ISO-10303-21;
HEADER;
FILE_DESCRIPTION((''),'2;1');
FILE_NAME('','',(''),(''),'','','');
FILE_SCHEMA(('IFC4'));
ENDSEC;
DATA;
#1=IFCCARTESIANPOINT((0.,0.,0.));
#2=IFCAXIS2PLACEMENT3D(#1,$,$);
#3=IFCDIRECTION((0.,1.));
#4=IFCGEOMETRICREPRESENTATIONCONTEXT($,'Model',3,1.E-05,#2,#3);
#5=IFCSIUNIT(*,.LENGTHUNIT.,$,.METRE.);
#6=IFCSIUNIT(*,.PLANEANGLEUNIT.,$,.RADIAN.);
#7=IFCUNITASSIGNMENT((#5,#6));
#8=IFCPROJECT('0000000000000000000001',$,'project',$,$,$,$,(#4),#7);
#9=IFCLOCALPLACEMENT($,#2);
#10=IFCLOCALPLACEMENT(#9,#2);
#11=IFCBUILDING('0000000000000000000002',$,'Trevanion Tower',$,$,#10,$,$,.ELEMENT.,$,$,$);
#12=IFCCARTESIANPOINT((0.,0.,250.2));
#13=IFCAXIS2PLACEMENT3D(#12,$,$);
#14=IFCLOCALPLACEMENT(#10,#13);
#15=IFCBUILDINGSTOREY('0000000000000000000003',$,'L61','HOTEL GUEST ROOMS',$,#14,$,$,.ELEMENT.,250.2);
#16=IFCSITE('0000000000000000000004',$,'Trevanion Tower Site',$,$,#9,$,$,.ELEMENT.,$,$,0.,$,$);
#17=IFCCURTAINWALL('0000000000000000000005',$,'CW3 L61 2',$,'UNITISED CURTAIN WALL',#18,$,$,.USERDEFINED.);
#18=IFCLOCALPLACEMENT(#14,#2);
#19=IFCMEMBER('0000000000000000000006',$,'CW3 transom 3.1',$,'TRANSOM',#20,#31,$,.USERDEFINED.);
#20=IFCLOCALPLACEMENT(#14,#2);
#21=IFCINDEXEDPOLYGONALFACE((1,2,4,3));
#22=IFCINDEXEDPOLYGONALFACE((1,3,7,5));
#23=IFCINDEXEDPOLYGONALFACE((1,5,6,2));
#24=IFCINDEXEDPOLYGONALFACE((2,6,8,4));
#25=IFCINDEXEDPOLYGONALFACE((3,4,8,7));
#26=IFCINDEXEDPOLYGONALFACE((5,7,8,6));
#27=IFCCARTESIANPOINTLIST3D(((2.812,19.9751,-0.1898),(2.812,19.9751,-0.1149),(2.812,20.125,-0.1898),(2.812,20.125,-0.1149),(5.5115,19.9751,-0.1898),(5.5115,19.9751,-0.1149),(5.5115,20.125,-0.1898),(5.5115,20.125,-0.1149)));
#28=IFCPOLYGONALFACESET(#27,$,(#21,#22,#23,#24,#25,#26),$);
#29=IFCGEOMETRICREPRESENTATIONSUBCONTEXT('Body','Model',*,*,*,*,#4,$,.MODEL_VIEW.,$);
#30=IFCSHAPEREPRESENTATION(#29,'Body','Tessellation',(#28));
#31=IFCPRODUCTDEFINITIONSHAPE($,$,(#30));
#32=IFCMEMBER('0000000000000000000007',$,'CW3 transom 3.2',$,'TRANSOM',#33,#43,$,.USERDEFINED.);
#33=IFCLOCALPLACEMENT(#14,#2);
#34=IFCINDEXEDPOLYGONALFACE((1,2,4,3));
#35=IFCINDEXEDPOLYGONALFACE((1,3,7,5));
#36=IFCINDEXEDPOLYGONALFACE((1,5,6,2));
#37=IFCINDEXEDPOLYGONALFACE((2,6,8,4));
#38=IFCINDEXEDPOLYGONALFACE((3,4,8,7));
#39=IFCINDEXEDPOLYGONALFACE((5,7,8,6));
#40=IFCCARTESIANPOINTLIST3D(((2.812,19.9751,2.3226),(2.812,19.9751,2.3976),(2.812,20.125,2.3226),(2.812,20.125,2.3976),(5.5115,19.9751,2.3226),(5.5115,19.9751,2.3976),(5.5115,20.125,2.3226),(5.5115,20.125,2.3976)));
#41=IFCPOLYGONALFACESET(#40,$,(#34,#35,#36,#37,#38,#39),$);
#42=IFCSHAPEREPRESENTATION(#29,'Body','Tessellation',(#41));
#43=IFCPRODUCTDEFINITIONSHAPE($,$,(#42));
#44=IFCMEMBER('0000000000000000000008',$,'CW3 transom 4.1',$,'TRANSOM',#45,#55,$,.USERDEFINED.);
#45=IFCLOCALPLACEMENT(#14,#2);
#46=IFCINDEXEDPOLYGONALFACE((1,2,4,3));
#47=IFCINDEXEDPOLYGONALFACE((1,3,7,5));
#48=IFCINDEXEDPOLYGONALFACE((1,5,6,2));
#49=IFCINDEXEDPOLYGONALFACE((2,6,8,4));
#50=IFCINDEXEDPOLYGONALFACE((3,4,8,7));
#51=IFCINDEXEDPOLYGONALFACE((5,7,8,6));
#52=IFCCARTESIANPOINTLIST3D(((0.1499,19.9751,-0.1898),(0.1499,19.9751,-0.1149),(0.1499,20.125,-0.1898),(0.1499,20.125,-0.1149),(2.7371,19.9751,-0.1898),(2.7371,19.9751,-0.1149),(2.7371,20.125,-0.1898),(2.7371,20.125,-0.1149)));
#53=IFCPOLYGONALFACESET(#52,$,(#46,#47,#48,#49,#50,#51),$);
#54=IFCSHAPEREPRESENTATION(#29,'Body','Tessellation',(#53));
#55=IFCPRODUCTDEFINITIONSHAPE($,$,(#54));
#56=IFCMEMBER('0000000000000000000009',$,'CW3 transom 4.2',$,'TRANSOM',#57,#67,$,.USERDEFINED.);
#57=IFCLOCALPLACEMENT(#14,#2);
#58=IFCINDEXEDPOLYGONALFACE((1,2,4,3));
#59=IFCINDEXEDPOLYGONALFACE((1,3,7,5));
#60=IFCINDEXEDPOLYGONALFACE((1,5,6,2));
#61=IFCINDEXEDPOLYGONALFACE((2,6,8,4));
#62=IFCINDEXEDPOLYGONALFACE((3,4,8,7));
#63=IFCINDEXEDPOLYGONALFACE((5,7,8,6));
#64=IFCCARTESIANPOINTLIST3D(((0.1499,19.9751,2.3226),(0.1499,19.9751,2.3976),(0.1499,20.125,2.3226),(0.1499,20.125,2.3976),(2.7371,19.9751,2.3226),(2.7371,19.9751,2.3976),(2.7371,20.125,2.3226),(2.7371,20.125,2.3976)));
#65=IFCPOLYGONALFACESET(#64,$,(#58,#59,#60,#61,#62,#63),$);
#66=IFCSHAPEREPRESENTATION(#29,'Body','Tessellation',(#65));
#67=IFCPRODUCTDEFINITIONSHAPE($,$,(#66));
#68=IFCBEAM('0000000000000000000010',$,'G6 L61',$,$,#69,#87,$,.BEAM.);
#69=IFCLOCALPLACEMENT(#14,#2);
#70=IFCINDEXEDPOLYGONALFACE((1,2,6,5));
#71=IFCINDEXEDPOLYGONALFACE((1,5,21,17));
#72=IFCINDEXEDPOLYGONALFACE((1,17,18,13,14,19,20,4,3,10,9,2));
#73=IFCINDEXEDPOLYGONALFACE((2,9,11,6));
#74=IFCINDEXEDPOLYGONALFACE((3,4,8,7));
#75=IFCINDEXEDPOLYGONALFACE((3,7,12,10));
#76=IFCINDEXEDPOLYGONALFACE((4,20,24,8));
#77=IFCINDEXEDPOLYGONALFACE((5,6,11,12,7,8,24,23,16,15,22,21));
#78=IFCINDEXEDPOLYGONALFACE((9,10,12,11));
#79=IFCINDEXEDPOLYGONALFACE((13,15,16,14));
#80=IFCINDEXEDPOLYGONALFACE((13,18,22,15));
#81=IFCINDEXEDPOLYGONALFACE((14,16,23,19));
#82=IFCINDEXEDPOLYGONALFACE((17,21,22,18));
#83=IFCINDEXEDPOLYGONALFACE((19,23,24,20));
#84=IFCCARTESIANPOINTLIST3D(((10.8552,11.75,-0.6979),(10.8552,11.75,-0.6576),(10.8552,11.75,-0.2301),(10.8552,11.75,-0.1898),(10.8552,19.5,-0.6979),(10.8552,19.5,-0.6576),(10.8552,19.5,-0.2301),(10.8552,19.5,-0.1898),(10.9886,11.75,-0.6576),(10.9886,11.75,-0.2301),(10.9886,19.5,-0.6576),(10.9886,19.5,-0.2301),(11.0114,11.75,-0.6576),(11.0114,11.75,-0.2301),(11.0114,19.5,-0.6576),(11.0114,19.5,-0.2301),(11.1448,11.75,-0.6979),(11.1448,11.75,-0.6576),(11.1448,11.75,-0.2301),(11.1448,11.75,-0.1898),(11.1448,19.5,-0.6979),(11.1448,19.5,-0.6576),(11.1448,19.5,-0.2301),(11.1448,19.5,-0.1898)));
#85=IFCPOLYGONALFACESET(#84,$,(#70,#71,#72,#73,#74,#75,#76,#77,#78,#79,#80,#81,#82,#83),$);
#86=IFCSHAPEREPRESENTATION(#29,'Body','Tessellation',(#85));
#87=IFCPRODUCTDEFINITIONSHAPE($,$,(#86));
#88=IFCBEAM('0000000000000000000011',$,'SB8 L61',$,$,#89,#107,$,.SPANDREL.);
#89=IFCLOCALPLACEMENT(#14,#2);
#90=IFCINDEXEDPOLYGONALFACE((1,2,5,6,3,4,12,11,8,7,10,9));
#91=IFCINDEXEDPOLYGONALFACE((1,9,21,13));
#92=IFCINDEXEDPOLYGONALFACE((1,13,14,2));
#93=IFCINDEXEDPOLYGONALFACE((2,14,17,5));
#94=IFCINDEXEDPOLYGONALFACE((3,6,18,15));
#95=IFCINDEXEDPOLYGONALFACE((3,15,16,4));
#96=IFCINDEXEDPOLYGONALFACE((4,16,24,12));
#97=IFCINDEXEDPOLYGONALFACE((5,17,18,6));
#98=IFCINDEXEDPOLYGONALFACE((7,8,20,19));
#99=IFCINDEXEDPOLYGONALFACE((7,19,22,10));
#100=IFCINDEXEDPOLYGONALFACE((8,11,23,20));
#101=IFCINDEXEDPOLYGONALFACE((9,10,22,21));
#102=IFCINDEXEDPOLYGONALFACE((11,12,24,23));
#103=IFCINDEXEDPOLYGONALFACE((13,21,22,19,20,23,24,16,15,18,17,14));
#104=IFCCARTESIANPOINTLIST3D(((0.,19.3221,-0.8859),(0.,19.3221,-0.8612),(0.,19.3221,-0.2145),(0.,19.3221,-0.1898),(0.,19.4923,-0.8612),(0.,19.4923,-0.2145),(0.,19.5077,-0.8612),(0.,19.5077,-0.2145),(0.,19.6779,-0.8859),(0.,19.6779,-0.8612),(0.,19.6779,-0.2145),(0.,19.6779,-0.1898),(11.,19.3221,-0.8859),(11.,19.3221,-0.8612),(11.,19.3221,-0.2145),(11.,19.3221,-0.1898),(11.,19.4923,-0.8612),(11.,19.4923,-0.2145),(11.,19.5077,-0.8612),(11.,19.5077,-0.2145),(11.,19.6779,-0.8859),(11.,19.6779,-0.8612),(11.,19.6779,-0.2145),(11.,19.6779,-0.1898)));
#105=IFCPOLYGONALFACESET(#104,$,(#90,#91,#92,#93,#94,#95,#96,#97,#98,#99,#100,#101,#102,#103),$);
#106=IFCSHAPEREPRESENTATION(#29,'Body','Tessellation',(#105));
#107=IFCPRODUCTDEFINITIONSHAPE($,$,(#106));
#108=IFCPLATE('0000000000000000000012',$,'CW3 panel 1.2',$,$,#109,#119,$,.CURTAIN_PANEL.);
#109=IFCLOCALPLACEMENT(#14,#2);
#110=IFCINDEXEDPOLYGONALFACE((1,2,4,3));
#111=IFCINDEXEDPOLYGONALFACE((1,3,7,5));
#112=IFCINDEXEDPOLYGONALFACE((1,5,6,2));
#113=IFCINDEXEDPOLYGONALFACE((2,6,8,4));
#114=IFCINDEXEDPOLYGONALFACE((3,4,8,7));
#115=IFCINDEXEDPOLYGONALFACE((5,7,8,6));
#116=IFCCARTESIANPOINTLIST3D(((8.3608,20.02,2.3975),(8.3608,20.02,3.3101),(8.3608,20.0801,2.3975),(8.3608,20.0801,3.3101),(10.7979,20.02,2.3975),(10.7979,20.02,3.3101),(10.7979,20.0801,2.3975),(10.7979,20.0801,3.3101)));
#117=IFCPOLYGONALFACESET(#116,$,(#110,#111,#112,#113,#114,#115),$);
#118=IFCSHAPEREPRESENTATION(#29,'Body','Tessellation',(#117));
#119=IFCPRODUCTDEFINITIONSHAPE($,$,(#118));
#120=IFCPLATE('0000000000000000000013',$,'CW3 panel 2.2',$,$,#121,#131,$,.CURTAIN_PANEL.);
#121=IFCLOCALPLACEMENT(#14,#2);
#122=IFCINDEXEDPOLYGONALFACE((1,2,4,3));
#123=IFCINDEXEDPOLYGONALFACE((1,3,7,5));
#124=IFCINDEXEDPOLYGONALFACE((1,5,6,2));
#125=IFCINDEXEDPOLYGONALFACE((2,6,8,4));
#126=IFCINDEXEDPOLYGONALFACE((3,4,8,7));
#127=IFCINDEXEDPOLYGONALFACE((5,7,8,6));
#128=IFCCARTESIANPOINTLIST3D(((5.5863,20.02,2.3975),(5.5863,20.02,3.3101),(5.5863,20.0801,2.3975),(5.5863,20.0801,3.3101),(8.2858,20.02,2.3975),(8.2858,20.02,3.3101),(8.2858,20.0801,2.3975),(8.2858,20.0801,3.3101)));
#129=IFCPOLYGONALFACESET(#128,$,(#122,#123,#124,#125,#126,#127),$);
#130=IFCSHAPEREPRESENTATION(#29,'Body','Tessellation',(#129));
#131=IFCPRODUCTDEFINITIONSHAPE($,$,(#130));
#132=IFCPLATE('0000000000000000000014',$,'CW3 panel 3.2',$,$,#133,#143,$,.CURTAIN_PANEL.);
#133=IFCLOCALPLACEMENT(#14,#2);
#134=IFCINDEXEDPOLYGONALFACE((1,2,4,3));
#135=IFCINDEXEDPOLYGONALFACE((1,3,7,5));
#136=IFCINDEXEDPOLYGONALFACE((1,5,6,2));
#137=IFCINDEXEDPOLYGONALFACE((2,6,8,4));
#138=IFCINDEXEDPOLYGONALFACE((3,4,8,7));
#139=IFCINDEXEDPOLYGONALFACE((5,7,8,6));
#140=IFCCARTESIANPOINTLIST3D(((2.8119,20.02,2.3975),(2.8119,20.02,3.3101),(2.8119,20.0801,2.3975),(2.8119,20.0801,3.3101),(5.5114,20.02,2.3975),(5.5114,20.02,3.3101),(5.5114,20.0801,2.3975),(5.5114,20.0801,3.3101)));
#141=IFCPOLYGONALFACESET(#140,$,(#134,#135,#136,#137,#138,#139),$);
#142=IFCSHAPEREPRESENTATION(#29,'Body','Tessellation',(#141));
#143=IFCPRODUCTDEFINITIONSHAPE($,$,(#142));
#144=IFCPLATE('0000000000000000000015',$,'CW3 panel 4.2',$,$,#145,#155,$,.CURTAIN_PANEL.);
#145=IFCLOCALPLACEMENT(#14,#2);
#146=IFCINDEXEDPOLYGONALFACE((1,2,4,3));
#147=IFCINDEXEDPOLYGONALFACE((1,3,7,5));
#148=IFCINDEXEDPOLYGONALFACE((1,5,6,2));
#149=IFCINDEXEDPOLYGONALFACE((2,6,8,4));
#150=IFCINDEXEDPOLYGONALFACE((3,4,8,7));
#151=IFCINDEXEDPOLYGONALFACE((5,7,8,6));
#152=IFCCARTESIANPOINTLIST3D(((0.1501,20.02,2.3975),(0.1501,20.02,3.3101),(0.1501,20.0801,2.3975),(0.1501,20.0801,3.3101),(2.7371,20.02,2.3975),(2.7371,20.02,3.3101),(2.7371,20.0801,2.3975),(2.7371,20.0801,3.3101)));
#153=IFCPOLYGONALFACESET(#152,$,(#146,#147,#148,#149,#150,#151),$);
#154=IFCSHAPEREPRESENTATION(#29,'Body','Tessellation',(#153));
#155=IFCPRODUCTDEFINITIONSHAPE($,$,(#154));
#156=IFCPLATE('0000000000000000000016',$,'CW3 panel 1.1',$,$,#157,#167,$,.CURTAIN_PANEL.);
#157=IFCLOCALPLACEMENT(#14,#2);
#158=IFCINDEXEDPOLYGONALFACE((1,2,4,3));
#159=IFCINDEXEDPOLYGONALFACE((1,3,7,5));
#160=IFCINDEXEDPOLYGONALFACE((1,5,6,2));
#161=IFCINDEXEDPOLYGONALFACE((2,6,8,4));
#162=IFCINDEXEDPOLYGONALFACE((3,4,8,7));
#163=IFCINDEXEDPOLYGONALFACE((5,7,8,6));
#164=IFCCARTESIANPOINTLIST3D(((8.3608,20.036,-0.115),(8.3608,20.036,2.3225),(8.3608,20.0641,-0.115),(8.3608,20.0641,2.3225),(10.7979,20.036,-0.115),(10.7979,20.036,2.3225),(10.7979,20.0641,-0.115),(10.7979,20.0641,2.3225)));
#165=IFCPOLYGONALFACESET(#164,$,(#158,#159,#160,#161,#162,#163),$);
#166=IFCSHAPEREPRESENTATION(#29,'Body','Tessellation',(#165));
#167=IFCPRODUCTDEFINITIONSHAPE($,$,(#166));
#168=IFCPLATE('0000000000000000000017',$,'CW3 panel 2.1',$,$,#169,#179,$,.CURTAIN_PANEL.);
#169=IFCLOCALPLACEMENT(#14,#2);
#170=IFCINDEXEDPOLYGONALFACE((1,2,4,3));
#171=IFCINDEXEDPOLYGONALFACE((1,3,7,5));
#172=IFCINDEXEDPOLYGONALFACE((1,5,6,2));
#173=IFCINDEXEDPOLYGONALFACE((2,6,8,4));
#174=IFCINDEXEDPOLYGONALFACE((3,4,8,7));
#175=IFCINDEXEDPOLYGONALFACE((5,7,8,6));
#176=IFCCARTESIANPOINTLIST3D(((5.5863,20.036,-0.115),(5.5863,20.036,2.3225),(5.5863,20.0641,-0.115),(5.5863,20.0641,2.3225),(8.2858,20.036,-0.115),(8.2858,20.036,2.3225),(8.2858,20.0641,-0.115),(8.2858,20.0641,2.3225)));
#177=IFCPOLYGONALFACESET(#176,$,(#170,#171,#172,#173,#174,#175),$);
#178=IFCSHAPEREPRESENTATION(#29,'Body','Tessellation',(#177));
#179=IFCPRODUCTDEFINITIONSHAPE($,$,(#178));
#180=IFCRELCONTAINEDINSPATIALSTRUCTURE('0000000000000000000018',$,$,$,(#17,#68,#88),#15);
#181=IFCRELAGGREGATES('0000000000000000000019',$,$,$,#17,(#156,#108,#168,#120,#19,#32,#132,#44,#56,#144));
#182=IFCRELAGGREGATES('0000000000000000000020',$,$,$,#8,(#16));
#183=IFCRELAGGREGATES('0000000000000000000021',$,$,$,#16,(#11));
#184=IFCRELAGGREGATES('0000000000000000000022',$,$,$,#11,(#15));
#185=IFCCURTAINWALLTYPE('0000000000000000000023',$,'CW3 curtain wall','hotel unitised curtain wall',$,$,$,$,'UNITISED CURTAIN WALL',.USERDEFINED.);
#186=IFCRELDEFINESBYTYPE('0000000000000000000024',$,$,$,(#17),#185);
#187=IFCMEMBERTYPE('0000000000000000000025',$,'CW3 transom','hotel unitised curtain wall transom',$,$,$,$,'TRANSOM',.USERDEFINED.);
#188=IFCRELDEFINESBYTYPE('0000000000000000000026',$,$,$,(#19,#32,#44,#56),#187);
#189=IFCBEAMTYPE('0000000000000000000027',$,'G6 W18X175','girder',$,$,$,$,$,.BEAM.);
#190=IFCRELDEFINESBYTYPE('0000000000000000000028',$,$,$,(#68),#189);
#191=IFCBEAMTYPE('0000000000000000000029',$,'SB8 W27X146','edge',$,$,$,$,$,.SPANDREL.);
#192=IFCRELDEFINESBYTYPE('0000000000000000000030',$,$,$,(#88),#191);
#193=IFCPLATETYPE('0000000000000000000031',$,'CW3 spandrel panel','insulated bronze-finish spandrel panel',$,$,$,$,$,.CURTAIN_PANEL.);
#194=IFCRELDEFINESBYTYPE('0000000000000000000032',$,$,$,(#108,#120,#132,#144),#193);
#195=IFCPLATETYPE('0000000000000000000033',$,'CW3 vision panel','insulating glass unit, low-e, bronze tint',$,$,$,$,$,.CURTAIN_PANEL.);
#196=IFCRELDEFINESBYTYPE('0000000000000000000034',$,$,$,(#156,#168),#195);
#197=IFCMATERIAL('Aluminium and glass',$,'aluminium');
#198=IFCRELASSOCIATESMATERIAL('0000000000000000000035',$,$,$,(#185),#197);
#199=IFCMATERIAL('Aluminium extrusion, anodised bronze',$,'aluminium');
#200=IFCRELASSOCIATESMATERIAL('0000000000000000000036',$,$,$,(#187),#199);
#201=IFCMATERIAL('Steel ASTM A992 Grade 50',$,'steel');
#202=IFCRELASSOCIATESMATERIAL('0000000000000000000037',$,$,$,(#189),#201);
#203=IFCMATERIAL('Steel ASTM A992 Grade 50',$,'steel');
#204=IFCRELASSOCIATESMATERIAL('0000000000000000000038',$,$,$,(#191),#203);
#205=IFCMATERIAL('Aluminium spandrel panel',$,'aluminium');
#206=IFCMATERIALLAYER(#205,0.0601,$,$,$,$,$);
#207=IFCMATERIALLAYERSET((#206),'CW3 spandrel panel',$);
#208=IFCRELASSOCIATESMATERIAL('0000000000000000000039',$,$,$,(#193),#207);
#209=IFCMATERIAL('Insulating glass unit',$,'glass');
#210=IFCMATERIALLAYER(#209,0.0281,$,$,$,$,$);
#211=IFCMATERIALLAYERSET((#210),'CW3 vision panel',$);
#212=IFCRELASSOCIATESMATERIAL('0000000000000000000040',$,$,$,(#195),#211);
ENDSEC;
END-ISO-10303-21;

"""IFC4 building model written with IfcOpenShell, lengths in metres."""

from ifc_helpers import new_model, si_unit, direction, frame, origin, origin_2d, place, context, subcontext, project, spatial, rectangle, i_section, extrude, material, layer, layer_set, material_profile, profile_set, type_object, element, aggregate, save


model = new_model("IFC4")

# Units and contexts
model_context = context("Model", 3, precision=1e-05, world=origin(), true_north=direction((0.0, 1.0)))
body_context = subcontext(model_context, "Body", "Model", "MODEL_VIEW")
ifc_project = project(units=[si_unit("LENGTHUNIT", "METRE"), si_unit("PLANEANGLEUNIT", "RADIAN")], contexts=[model_context])

# Site, building, storey
site_placement = place(None, origin())
site = spatial("IfcSite", under=ifc_project, at=site_placement, Name="Trevanion Tower Site", CompositionType="ELEMENT", RefElevation=0.0)
building_placement = place(site_placement, origin())
building = spatial("IfcBuilding", under=site, at=building_placement, Name="Trevanion Tower", CompositionType="ELEMENT")
storey_placement = place(building_placement, frame((0.0, 0.0, 250.2)))
storey = spatial("IfcBuildingStorey", under=building, at=storey_placement, Name="L61", Description="HOTEL GUEST ROOMS", CompositionType="ELEMENT", Elevation=250.2)

# Curtain wall
ifc_material_1 = material(Name="Aluminium and glass", Category="aluminium")
curtain_wall_type = type_object("IfcCurtainWallType", Name="CW3 curtain wall", Description="hotel unitised curtain wall", ElementType="UNITISED CURTAIN WALL", PredefinedType="USERDEFINED", material=ifc_material_1)
curtain_wall_1_placement = place(storey_placement, origin())
curtain_wall_1 = element("IfcCurtainWall", 1, at=curtain_wall_1_placement, inside=storey, type_object=curtain_wall_type, Name="CW3 L61 2", ObjectType="UNITISED CURTAIN WALL", PredefinedType="USERDEFINED")

# Members
ifc_material_2 = material(Name="Aluminium extrusion, anodised bronze", Category="aluminium")
ifc_material_profile_1 = material_profile(ifc_material_2, rectangle(XDim=0.1499, YDim=0.075, at=origin_2d()), Name="CW3 transom")
ifc_profile_set_1 = profile_set([ifc_material_profile_1], Name="Aluminium extrusion, anodised bronze")
member_type_1 = type_object("IfcMemberType", Name="CW3 transom", Description="hotel unitised curtain wall transom", ElementType="TRANSOM", PredefinedType="USERDEFINED", material=ifc_profile_set_1)
member_1_placement = place(storey_placement, frame((5.5115, 20.05, -0.1523), z_axis=(-1.0, 0.0, 0.0), x_axis=(0.0, -1.0, 0.0)))
member_1 = element("IfcMember", 2, at=member_1_placement, type_object=member_type_1, Name="CW3 transom 3.1", ObjectType="TRANSOM", PredefinedType="USERDEFINED", context=body_context, shape_type="SweptSolid", body=[
    extrude(rectangle(XDim=0.1499, YDim=0.075, at=origin_2d()), origin(), (0.0, 0.0, 1.0), 2.6995),
])
member_2_placement = place(storey_placement, frame((5.5115, 20.05, 2.3601), z_axis=(-1.0, 0.0, 0.0), x_axis=(0.0, -1.0, 0.0)))
member_2 = element("IfcMember", 3, at=member_2_placement, type_object=member_type_1, Name="CW3 transom 3.2", ObjectType="TRANSOM", PredefinedType="USERDEFINED", context=body_context, shape_type="SweptSolid", body=[
    extrude(rectangle(XDim=0.1499, YDim=0.075, at=origin_2d()), origin(), (0.0, 0.0, 1.0), 2.6995),
])
member_3_placement = place(storey_placement, frame((2.7371, 20.05, -0.1523), z_axis=(-1.0, 0.0, 0.0), x_axis=(0.0, -1.0, 0.0)))
member_3 = element("IfcMember", 4, at=member_3_placement, type_object=member_type_1, Name="CW3 transom 4.1", ObjectType="TRANSOM", PredefinedType="USERDEFINED", context=body_context, shape_type="SweptSolid", body=[
    extrude(rectangle(XDim=0.1499, YDim=0.075, at=origin_2d()), origin(), (0.0, 0.0, 1.0), 2.5872),
])
member_4_placement = place(storey_placement, frame((2.7371, 20.05, 2.3601), z_axis=(-1.0, 0.0, 0.0), x_axis=(0.0, -1.0, 0.0)))
member_4 = element("IfcMember", 5, at=member_4_placement, type_object=member_type_1, Name="CW3 transom 4.2", ObjectType="TRANSOM", PredefinedType="USERDEFINED", context=body_context, shape_type="SweptSolid", body=[
    extrude(rectangle(XDim=0.1499, YDim=0.075, at=origin_2d()), origin(), (0.0, 0.0, 1.0), 2.5872),
])

# Beams
ifc_material_3 = material(Name="Steel ASTM A992 Grade 50", Category="steel")
ifc_material_profile_2 = material_profile(ifc_material_3, i_section(OverallWidth=0.2896, OverallDepth=0.5081, WebThickness=0.0227, FlangeThickness=0.0403, at=origin_2d()), Name="W18X175")
ifc_profile_set_2 = profile_set([ifc_material_profile_2], Name="Steel ASTM A992 Grade 50")
beam_type_1 = type_object("IfcBeamType", Name="G6 W18X175", Description="girder", PredefinedType="BEAM", material=ifc_profile_set_2)
beam_1_placement = place(storey_placement, frame((11.0, 11.75, -0.4438), z_axis=(0.0, 1.0, 0.0), x_axis=(-1.0, 0.0, 0.0)))
element("IfcBeam", 6, at=beam_1_placement, inside=storey, type_object=beam_type_1, Name="G6 L61", PredefinedType="BEAM", context=body_context, shape_type="SweptSolid", body=[
    extrude(i_section(OverallWidth=0.2896, OverallDepth=0.5081, WebThickness=0.0227, FlangeThickness=0.0403, at=origin_2d()), origin(), (0.0, 0.0, 1.0), 7.75),
])
ifc_material_4 = material(Name="Steel ASTM A992 Grade 50", Category="steel")
ifc_material_profile_3 = material_profile(ifc_material_4, i_section(OverallWidth=0.3557, OverallDepth=0.696, WebThickness=0.0154, FlangeThickness=0.0247, at=origin_2d()), Name="W27X146")
ifc_profile_set_3 = profile_set([ifc_material_profile_3], Name="Steel ASTM A992 Grade 50")
beam_type_2 = type_object("IfcBeamType", Name="SB8 W27X146", Description="edge", PredefinedType="SPANDREL", material=ifc_profile_set_3)
beam_2_placement = place(storey_placement, frame((11.0, 19.5, -0.5378), z_axis=(-1.0, 0.0, 0.0), x_axis=(0.0, -1.0, 0.0)))
element("IfcBeam", 7, at=beam_2_placement, inside=storey, type_object=beam_type_2, Name="SB8 L61", PredefinedType="SPANDREL", context=body_context, shape_type="SweptSolid", body=[
    extrude(i_section(OverallWidth=0.3557, OverallDepth=0.696, WebThickness=0.0154, FlangeThickness=0.0247, at=origin_2d()), origin(), (0.0, 0.0, 1.0), 11.0),
])

# Plates
ifc_material_5 = material(Name="Aluminium spandrel panel", Category="aluminium")
ifc_layer_1 = layer(ifc_material_5, 0.0601)
ifc_layer_set_1 = layer_set([ifc_layer_1], Name="CW3 spandrel panel")
plate_type_1 = type_object("IfcPlateType", Name="CW3 spandrel panel", Description="insulated bronze-finish spandrel panel", PredefinedType="CURTAIN_PANEL", material=ifc_layer_set_1)
plate_1_placement = place(storey_placement, frame((9.5793, 20.05, 2.3975), z_axis=(0.0, 0.0, 1.0), x_axis=(-1.0, 0.0, 0.0)))
plate_1 = element("IfcPlate", 8, at=plate_1_placement, type_object=plate_type_1, Name="CW3 panel 1.2", PredefinedType="CURTAIN_PANEL", context=body_context, shape_type="SweptSolid", body=[
    extrude(rectangle(XDim=2.437, YDim=0.0601, at=origin_2d()), origin(), (0.0, 0.0, 1.0), 0.9126),
])
plate_2_placement = place(storey_placement, frame((6.936, 20.05, 2.3975), z_axis=(0.0, 0.0, 1.0), x_axis=(-1.0, 0.0, 0.0)))
plate_2 = element("IfcPlate", 9, at=plate_2_placement, type_object=plate_type_1, Name="CW3 panel 2.2", PredefinedType="CURTAIN_PANEL", context=body_context, shape_type="SweptSolid", body=[
    extrude(rectangle(XDim=2.6995, YDim=0.0601, at=origin_2d()), origin(), (0.0, 0.0, 1.0), 0.9126),
])
plate_3_placement = place(storey_placement, frame((4.1616, 20.05, 2.3975), z_axis=(0.0, 0.0, 1.0), x_axis=(-1.0, 0.0, 0.0)))
plate_3 = element("IfcPlate", 10, at=plate_3_placement, type_object=plate_type_1, Name="CW3 panel 3.2", PredefinedType="CURTAIN_PANEL", context=body_context, shape_type="SweptSolid", body=[
    extrude(rectangle(XDim=2.6995, YDim=0.0601, at=origin_2d()), origin(), (0.0, 0.0, 1.0), 0.9126),
])
plate_4_placement = place(storey_placement, frame((1.4436, 20.05, 2.3975), z_axis=(0.0, 0.0, 1.0), x_axis=(-1.0, 0.0, 0.0)))
plate_4 = element("IfcPlate", 11, at=plate_4_placement, type_object=plate_type_1, Name="CW3 panel 4.2", PredefinedType="CURTAIN_PANEL", context=body_context, shape_type="SweptSolid", body=[
    extrude(rectangle(XDim=2.5869, YDim=0.0601, at=origin_2d()), origin(), (0.0, 0.0, 1.0), 0.9126),
])
ifc_material_6 = material(Name="Insulating glass unit", Category="glass")
ifc_layer_2 = layer(ifc_material_6, 0.0281)
ifc_layer_set_2 = layer_set([ifc_layer_2], Name="CW3 vision panel")
plate_type_2 = type_object("IfcPlateType", Name="CW3 vision panel", Description="insulating glass unit, low-e, bronze tint", PredefinedType="CURTAIN_PANEL", material=ifc_layer_set_2)
plate_5_placement = place(storey_placement, frame((9.5793, 20.05, -0.115), z_axis=(0.0, 0.0, 1.0), x_axis=(-1.0, 0.0, 0.0)))
plate_5 = element("IfcPlate", 12, at=plate_5_placement, type_object=plate_type_2, Name="CW3 panel 1.1", PredefinedType="CURTAIN_PANEL", context=body_context, shape_type="SweptSolid", body=[
    extrude(rectangle(XDim=2.437, YDim=0.0281, at=origin_2d()), origin(), (0.0, 0.0, 1.0), 2.4375),
])
plate_6_placement = place(storey_placement, frame((6.936, 20.05, -0.115), z_axis=(0.0, 0.0, 1.0), x_axis=(-1.0, 0.0, 0.0)))
plate_6 = element("IfcPlate", 13, at=plate_6_placement, type_object=plate_type_2, Name="CW3 panel 2.1", PredefinedType="CURTAIN_PANEL", context=body_context, shape_type="SweptSolid", body=[
    extrude(rectangle(XDim=2.6995, YDim=0.0281, at=origin_2d()), origin(), (0.0, 0.0, 1.0), 2.4375),
])
aggregate(curtain_wall_1, [plate_5, plate_1, plate_6, plate_2, member_1, member_2, plate_3, member_3, member_4, plate_4])

save(model, "model.ifc")
